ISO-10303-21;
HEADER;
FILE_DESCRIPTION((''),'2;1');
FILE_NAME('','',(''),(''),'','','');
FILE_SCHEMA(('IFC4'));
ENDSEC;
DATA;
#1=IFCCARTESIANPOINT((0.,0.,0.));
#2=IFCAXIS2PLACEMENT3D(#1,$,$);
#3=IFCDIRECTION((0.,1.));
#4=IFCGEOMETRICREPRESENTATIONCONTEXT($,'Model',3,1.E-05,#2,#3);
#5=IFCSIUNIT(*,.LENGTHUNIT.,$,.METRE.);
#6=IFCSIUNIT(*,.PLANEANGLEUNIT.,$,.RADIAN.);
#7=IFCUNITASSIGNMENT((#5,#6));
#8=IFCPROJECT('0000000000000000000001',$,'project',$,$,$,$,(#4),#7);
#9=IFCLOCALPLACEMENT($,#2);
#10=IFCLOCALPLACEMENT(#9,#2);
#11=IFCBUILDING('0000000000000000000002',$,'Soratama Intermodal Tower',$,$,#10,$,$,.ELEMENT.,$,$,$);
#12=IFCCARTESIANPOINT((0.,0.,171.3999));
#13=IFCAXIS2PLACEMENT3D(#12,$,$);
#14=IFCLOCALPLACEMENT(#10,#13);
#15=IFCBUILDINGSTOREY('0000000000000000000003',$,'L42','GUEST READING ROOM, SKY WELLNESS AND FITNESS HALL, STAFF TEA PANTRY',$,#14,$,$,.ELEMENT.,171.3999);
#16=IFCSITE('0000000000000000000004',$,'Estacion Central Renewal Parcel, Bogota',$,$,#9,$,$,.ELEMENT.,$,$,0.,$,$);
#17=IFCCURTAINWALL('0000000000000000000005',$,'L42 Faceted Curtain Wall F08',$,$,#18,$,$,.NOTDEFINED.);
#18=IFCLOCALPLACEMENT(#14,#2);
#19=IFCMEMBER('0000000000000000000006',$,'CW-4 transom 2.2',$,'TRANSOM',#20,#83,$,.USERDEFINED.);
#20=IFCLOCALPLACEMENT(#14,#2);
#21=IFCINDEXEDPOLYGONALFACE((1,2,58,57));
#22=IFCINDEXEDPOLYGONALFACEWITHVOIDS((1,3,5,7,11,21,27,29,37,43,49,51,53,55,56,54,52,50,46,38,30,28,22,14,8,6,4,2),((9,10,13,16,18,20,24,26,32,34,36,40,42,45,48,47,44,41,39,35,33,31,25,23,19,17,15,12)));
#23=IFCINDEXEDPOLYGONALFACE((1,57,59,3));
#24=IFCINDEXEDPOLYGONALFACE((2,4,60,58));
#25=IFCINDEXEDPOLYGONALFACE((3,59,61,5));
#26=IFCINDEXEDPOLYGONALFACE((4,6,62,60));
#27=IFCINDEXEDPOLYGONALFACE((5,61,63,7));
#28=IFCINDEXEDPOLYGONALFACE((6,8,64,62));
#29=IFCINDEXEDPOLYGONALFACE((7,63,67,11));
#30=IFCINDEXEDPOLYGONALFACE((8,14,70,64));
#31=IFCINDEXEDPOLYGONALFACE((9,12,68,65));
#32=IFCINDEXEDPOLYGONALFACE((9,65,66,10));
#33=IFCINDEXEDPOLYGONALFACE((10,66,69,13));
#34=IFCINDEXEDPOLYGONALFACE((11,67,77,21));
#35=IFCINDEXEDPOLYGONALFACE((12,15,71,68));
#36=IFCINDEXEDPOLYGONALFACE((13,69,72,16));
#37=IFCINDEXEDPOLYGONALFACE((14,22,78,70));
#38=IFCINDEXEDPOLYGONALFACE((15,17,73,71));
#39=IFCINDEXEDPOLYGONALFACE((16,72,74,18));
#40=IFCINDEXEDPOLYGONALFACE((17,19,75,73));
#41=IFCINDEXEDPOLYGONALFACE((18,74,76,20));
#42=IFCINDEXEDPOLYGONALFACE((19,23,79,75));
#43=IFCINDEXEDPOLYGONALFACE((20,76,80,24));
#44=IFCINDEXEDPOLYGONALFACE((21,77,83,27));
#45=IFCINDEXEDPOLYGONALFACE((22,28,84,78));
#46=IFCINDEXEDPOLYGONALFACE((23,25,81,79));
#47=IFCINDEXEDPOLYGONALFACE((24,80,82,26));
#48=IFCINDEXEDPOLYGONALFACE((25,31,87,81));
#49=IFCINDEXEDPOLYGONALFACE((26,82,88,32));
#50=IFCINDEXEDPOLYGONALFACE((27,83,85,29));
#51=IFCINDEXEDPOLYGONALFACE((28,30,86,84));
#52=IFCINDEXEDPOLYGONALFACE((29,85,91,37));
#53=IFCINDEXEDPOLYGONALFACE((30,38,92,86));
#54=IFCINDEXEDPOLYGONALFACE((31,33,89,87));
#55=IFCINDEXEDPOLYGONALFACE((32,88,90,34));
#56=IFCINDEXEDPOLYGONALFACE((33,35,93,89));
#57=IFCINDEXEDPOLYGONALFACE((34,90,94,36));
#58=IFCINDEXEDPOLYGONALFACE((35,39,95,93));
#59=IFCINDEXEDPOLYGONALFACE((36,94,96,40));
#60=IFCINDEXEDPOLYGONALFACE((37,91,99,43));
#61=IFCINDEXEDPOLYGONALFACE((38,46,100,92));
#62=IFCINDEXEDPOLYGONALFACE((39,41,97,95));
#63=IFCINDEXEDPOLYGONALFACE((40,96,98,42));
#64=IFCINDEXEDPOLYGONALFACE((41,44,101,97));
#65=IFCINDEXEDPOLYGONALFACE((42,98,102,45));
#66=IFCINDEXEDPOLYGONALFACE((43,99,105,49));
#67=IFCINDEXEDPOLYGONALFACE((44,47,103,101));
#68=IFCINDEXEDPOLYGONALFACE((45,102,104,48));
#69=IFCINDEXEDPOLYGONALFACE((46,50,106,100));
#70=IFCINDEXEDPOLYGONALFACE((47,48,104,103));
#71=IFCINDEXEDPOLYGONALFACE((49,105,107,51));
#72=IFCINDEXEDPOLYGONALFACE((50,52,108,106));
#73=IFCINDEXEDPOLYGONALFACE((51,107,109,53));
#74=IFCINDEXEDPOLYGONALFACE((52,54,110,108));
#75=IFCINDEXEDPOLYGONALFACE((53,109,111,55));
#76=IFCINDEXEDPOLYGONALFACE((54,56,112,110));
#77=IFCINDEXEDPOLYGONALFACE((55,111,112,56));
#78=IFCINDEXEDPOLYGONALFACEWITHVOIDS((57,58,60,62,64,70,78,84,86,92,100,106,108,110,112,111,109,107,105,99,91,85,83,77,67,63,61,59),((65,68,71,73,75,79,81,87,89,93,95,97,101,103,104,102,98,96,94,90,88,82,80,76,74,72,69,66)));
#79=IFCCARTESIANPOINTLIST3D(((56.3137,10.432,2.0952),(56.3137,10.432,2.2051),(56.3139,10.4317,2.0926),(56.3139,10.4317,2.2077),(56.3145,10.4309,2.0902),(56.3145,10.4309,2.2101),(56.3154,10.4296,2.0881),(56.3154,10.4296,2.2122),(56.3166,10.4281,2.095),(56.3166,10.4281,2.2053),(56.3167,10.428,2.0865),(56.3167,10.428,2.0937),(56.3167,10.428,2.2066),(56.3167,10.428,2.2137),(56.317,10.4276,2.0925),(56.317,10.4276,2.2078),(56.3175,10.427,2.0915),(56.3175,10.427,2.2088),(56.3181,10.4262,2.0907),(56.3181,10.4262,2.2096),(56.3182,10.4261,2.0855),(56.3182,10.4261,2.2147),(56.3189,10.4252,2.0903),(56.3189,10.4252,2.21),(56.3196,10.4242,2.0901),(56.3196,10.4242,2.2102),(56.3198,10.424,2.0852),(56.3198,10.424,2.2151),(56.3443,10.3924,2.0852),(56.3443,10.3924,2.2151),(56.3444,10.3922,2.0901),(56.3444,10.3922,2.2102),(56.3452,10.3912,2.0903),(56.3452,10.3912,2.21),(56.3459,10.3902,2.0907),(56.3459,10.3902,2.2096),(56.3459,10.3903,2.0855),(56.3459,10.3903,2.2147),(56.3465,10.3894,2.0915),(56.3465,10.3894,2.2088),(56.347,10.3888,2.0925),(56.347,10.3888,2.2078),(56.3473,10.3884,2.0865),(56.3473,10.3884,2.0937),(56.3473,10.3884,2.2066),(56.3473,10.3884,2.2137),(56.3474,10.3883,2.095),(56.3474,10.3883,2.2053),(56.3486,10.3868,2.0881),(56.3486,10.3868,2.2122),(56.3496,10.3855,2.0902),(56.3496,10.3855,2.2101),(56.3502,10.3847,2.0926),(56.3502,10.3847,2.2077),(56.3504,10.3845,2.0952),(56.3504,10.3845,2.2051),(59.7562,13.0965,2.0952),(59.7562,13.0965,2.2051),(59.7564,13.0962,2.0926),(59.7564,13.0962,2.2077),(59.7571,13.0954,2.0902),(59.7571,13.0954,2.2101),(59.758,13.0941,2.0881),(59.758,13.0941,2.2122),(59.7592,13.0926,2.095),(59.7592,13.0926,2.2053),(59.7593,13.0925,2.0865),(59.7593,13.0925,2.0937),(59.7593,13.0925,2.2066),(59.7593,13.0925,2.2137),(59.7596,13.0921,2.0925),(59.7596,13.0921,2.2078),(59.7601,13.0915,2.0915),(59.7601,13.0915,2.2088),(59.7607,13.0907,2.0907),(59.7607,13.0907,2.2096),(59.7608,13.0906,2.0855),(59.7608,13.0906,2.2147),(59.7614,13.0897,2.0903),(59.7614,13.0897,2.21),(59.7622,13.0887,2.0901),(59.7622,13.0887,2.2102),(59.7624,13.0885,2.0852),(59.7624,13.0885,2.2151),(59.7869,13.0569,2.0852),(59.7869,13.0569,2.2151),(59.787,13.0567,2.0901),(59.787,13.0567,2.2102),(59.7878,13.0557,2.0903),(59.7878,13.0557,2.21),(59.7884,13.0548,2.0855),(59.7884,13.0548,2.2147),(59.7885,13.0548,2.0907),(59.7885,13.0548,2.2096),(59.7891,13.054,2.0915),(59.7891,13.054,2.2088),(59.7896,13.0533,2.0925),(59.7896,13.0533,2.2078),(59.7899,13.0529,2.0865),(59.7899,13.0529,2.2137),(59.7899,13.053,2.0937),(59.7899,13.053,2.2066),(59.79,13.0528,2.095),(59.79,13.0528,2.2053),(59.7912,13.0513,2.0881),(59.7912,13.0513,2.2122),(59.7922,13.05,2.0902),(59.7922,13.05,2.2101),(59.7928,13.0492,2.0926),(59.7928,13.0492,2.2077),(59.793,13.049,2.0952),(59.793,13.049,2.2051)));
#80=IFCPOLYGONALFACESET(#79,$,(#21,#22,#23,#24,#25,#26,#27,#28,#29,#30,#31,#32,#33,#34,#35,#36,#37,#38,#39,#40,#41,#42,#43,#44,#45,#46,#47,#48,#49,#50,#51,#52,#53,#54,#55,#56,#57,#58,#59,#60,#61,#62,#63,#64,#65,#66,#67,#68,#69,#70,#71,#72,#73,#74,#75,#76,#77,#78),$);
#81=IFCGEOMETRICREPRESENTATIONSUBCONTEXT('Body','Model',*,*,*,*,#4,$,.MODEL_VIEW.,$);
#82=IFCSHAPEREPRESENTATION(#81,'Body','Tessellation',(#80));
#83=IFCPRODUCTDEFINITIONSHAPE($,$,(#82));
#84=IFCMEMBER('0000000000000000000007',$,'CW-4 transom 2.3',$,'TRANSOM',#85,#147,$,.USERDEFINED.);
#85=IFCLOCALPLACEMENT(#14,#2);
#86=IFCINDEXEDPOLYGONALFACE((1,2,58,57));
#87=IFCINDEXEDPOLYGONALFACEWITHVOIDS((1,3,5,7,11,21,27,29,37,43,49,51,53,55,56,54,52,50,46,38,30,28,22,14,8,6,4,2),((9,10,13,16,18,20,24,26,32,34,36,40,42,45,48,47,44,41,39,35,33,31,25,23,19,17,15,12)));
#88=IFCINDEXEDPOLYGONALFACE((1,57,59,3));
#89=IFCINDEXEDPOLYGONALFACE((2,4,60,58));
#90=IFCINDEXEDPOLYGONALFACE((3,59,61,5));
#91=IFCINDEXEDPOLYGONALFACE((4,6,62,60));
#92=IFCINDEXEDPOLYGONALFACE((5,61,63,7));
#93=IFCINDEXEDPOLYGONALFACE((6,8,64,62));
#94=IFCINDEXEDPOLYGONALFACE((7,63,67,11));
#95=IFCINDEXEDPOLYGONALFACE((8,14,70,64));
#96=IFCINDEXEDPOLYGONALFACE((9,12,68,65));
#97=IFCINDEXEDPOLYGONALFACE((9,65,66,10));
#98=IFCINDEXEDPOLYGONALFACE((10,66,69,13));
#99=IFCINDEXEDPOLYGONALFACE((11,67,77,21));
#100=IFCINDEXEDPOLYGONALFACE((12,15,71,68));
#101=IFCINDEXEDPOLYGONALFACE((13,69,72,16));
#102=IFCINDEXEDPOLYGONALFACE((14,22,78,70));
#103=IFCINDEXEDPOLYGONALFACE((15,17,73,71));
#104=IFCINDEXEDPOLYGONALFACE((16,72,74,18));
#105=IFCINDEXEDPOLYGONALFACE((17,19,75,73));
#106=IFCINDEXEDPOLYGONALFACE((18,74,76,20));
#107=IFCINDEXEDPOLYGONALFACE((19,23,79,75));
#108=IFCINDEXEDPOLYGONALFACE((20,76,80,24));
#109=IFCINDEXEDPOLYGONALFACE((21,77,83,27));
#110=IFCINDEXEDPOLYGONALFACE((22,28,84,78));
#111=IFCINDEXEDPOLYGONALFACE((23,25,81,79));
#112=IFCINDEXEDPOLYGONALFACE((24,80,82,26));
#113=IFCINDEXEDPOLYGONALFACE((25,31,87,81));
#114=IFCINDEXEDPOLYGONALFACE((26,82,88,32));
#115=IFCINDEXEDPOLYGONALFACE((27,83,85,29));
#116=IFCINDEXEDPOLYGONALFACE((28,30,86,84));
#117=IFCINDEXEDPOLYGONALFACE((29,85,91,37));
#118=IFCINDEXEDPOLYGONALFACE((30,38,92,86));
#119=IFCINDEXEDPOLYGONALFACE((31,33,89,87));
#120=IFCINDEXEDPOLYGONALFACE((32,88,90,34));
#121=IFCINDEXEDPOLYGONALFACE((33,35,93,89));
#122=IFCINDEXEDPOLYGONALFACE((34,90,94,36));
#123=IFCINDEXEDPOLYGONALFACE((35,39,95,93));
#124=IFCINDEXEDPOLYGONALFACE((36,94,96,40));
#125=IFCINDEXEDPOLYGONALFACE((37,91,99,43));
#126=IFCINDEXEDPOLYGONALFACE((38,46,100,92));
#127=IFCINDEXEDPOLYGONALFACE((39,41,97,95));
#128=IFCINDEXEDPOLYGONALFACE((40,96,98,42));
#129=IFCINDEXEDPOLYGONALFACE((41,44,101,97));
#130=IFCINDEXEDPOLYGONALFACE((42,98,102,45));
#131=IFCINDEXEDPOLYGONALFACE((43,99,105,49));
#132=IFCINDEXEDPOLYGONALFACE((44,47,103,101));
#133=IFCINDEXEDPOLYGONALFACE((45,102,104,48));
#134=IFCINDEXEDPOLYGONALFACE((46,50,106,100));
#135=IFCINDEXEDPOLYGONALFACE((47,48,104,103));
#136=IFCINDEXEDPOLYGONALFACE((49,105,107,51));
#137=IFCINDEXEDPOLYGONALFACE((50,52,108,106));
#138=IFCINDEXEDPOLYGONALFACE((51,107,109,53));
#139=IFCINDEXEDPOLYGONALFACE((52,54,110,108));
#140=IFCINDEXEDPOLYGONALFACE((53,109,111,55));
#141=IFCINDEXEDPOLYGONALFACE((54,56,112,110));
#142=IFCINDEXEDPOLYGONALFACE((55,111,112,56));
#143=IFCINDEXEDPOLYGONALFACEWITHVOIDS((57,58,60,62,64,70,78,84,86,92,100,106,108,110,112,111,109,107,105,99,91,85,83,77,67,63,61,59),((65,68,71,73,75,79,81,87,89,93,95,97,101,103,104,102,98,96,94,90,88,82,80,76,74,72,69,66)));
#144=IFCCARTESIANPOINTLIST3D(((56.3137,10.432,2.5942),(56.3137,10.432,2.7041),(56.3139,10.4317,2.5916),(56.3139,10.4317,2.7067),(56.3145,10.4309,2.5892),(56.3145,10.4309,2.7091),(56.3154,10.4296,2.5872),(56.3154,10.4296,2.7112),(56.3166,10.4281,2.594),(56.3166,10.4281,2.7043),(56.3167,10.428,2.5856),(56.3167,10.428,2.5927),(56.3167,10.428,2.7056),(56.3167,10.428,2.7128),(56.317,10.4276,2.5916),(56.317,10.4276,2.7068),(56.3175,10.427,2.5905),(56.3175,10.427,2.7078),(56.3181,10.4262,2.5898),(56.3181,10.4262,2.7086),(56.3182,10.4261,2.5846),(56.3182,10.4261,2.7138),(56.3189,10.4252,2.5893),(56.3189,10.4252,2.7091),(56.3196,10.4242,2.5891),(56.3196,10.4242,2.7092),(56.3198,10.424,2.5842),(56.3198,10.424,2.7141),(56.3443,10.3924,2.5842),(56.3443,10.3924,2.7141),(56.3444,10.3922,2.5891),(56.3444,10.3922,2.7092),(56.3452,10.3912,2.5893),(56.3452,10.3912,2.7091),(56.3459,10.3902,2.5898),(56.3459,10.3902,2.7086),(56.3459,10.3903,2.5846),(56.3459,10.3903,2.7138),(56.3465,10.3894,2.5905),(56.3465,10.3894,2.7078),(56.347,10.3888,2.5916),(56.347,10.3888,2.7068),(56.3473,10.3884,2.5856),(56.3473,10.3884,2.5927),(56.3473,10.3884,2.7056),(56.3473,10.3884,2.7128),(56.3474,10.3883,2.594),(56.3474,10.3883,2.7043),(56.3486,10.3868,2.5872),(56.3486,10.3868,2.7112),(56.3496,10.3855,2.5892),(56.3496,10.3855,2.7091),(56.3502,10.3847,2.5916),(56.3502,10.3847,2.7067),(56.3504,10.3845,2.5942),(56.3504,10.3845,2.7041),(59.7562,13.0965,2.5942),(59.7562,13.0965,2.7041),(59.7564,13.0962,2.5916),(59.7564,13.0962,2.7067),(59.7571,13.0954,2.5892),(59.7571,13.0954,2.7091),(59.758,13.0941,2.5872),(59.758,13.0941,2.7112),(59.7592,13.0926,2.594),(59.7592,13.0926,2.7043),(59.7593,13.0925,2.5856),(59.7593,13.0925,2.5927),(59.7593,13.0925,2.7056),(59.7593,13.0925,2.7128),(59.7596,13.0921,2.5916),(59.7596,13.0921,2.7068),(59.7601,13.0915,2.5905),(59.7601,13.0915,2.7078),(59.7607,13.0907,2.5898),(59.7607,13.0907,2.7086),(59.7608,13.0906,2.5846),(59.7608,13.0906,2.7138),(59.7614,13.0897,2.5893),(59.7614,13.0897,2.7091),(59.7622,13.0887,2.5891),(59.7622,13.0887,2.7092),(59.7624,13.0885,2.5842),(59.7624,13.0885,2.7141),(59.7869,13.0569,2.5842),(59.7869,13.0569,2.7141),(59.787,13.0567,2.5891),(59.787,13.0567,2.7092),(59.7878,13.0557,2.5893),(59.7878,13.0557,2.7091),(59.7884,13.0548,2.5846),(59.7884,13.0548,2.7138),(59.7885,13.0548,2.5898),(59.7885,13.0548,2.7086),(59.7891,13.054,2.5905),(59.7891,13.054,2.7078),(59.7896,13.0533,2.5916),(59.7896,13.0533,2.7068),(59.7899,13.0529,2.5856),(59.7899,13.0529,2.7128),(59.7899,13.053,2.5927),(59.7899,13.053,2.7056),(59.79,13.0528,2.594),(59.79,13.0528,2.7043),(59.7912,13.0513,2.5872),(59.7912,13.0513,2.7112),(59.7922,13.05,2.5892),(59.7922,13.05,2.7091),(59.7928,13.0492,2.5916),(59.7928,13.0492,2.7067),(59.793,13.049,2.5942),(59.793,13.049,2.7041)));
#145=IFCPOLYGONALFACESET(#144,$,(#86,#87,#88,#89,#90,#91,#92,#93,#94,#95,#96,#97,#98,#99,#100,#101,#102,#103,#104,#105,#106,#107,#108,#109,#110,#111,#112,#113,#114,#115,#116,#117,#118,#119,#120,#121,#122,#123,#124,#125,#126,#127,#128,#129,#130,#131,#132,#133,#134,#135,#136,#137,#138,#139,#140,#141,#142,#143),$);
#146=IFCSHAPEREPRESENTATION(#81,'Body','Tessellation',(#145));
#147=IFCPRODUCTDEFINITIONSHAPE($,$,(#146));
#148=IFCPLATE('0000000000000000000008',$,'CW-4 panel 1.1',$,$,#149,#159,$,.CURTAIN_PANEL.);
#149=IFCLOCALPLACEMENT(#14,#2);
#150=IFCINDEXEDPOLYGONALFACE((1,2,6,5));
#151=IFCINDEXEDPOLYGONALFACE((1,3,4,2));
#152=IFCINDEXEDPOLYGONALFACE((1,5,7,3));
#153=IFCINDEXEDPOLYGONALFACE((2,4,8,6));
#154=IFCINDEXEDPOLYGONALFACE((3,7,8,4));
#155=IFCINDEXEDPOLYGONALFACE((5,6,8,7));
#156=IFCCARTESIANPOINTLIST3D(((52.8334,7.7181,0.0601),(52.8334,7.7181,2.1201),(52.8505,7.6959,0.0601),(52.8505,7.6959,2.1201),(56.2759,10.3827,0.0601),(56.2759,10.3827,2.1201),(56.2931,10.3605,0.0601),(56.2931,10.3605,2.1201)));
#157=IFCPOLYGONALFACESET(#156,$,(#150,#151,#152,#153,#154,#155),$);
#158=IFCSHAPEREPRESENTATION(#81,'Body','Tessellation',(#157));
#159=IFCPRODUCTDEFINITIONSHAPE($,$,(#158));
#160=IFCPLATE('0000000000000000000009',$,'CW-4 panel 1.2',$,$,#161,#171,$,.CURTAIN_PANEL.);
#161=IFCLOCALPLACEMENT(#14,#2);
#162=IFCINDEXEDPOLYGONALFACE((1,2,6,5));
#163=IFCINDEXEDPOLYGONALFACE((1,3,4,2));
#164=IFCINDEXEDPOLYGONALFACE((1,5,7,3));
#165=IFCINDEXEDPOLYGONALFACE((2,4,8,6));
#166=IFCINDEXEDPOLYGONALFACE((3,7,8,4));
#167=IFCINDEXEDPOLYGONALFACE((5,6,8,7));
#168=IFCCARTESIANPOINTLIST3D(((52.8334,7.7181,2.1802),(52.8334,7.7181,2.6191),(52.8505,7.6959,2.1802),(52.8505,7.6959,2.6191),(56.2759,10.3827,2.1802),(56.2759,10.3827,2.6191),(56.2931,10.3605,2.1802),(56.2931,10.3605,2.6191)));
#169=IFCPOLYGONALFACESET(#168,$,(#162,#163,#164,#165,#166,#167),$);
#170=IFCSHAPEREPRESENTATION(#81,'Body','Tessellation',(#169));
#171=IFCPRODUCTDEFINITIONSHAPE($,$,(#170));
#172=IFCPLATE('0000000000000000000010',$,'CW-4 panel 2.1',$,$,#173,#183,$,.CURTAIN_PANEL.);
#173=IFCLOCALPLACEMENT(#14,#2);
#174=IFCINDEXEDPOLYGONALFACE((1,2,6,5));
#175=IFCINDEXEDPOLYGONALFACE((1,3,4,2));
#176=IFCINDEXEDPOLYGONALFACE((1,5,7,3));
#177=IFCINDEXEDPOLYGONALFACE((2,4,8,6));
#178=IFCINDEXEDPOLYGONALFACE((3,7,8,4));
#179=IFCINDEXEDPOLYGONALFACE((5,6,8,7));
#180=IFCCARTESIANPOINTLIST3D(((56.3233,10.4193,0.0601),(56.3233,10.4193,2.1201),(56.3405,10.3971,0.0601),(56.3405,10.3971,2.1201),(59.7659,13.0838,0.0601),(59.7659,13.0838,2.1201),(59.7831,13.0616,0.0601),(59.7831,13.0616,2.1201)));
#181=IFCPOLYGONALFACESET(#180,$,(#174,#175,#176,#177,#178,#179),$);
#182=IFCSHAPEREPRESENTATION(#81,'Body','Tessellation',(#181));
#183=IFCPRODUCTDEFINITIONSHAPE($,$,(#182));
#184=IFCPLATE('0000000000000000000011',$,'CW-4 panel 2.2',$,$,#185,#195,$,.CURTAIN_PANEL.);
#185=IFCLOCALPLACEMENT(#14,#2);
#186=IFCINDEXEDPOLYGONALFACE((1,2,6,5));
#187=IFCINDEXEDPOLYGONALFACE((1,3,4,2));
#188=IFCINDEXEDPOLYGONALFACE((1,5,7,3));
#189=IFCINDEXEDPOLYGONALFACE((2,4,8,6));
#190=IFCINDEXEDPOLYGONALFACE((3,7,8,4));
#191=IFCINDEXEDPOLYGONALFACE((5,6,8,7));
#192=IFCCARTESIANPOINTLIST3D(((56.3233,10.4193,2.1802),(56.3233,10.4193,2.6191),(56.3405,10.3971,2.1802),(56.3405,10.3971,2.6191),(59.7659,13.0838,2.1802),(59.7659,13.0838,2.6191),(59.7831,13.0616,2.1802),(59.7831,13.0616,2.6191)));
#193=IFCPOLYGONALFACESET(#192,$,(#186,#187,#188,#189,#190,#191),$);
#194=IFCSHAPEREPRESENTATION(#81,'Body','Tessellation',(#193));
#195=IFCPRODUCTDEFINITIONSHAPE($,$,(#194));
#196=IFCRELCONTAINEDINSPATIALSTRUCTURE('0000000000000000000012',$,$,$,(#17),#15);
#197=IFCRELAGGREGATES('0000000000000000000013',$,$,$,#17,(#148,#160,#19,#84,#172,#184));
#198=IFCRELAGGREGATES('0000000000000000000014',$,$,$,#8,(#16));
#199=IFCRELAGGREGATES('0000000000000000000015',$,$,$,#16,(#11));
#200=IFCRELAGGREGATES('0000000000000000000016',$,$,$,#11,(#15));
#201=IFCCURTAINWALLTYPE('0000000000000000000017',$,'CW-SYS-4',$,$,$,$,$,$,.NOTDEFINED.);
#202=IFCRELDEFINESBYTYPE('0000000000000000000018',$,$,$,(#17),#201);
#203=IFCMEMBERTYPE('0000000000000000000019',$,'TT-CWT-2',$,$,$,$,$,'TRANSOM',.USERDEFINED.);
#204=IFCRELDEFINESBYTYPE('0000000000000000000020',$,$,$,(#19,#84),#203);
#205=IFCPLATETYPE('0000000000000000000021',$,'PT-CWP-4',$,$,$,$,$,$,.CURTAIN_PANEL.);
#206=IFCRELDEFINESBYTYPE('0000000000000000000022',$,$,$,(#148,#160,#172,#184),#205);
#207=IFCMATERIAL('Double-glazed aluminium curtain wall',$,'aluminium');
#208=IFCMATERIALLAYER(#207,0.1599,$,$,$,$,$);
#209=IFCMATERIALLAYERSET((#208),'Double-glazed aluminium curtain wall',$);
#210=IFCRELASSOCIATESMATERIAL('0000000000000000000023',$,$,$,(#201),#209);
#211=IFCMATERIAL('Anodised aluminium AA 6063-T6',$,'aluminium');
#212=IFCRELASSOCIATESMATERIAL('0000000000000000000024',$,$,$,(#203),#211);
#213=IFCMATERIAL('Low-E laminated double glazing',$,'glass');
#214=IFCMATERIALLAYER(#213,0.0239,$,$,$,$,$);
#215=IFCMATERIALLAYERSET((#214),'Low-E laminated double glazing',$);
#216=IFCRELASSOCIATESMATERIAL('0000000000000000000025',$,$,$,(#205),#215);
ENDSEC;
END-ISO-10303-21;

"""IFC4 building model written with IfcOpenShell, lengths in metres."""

from ifc_helpers import new_model, si_unit, direction, frame, origin, origin_2d, place, context, subcontext, project, spatial, rectangle, hollow_rectangle, extrude, material, layer, layer_set, material_profile, profile_set, type_object, element, aggregate, save


model = new_model("IFC4")

# Units and contexts
model_context = context("Model", 3, precision=1e-05, world=origin(), true_north=direction((0.0, 1.0)))
body_context = subcontext(model_context, "Body", "Model", "MODEL_VIEW")
ifc_project = project(units=[si_unit("LENGTHUNIT", "METRE"), si_unit("PLANEANGLEUNIT", "RADIAN")], contexts=[model_context])

# Site, building, storey
site_placement = place(None, origin())
site = spatial("IfcSite", under=ifc_project, at=site_placement, Name="Estacion Central Renewal Parcel, Bogota", CompositionType="ELEMENT", RefElevation=0.0)
building_placement = place(site_placement, origin())
building = spatial("IfcBuilding", under=site, at=building_placement, Name="Soratama Intermodal Tower", CompositionType="ELEMENT")
storey_placement = place(building_placement, frame((0.0, 0.0, 171.3999)))
storey = spatial("IfcBuildingStorey", under=building, at=storey_placement, Name="L42", Description="GUEST READING ROOM, SKY WELLNESS AND FITNESS HALL, STAFF TEA PANTRY", CompositionType="ELEMENT", Elevation=171.3999)

# Curtain wall, members, plates
ifc_material_1 = material(Name="Double-glazed aluminium curtain wall", Category="aluminium")
ifc_layer_1 = layer(ifc_material_1, 0.1599)
ifc_layer_set_1 = layer_set([ifc_layer_1], Name="Double-glazed aluminium curtain wall")
curtain_wall_type = type_object("IfcCurtainWallType", Name="CW-SYS-4", PredefinedType="NOTDEFINED", material=ifc_layer_set_1)
curtain_wall_placement = place(storey_placement, origin())
curtain_wall = element("IfcCurtainWall", 1, at=curtain_wall_placement, inside=storey, type_object=curtain_wall_type, Name="L42 Faceted Curtain Wall F08", PredefinedType="NOTDEFINED")
ifc_material_2 = material(Name="Anodised aluminium AA 6063-T6", Category="aluminium")
ifc_material_profile_1 = material_profile(ifc_material_2, hollow_rectangle(XDim=0.0601, YDim=0.1299, WallThickness=0.0049, InnerFilletRadius=0.0049, OuterFilletRadius=0.01, at=origin_2d()), Name="CWT130X60X5")
ifc_profile_set_1 = profile_set([ifc_material_profile_1], Name="Anodised aluminium AA 6063-T6")
member_type_1 = type_object("IfcMemberType", Name="TT-CWT-2", ElementType="TRANSOM", PredefinedType="USERDEFINED", material=ifc_profile_set_1)
member_1_placement = place(storey_placement, frame((56.332, 10.4082, 2.1501), z_axis=(0.790803, 0.612071, 0.0), x_axis=(-0.612071, 0.790803, 0.0)))
member_1 = element("IfcMember", 2, at=member_1_placement, type_object=member_type_1, Name="CW-4 transom 2.2", ObjectType="TRANSOM", PredefinedType="USERDEFINED", context=body_context, shape_type="SweptSolid", body=[
    extrude(hollow_rectangle(XDim=0.0601, YDim=0.1299, WallThickness=0.0049, InnerFilletRadius=0.0049, OuterFilletRadius=0.01, at=origin_2d()), origin(), (0.0, 0.0, 1.0), 4.3533),
])
member_2_placement = place(storey_placement, frame((56.332, 10.4082, 2.6492), z_axis=(0.790803, 0.612071, 0.0), x_axis=(-0.612071, 0.790803, 0.0)))
member_2 = element("IfcMember", 3, at=member_2_placement, type_object=member_type_1, Name="CW-4 transom 2.3", ObjectType="TRANSOM", PredefinedType="USERDEFINED", context=body_context, shape_type="SweptSolid", body=[
    extrude(hollow_rectangle(XDim=0.0601, YDim=0.1299, WallThickness=0.0049, InnerFilletRadius=0.0049, OuterFilletRadius=0.01, at=origin_2d()), origin(), (0.0, 0.0, 1.0), 4.3533),
])
ifc_material_3 = material(Name="Low-E laminated double glazing", Category="glass")
ifc_layer_2 = layer(ifc_material_3, 0.0239)
ifc_layer_set_2 = layer_set([ifc_layer_2], Name="Low-E laminated double glazing")
plate_type = type_object("IfcPlateType", Name="PT-CWP-4", PredefinedType="CURTAIN_PANEL", material=ifc_layer_set_2)
plate_1_placement = place(storey_placement, frame((54.5632, 9.0393, 0.0601), z_axis=(0.0, 0.0, 1.0), x_axis=(0.790801, 0.612073, 0.0)))
plate_1 = element("IfcPlate", 4, at=plate_1_placement, type_object=plate_type, Name="CW-4 panel 1.1", PredefinedType="CURTAIN_PANEL", context=body_context, shape_type="SweptSolid", body=[
    extrude(rectangle(XDim=4.3533, YDim=0.0281, at=origin_2d()), origin(), (0.0, 0.0, 1.0), 2.0601),
])
plate_2_placement = place(storey_placement, frame((54.5632, 9.0393, 2.1802), z_axis=(0.0, 0.0, 1.0), x_axis=(0.790801, 0.612073, 0.0)))
plate_2 = element("IfcPlate", 5, at=plate_2_placement, type_object=plate_type, Name="CW-4 panel 1.2", PredefinedType="CURTAIN_PANEL", context=body_context, shape_type="SweptSolid", body=[
    extrude(rectangle(XDim=4.3533, YDim=0.0281, at=origin_2d()), origin(), (0.0, 0.0, 1.0), 0.439),
])
plate_3_placement = place(storey_placement, frame((58.0532, 11.7405, 0.0601), z_axis=(0.0, 0.0, 1.0), x_axis=(0.790801, 0.612073, 0.0)))
plate_3 = element("IfcPlate", 6, at=plate_3_placement, type_object=plate_type, Name="CW-4 panel 2.1", PredefinedType="CURTAIN_PANEL", context=body_context, shape_type="SweptSolid", body=[
    extrude(rectangle(XDim=4.3533, YDim=0.0281, at=origin_2d()), origin(), (0.0, 0.0, 1.0), 2.0601),
])
plate_4_placement = place(storey_placement, frame((58.0532, 11.7405, 2.1802), z_axis=(0.0, 0.0, 1.0), x_axis=(0.790801, 0.612073, 0.0)))
plate_4 = element("IfcPlate", 7, at=plate_4_placement, type_object=plate_type, Name="CW-4 panel 2.2", PredefinedType="CURTAIN_PANEL", context=body_context, shape_type="SweptSolid", body=[
    extrude(rectangle(XDim=4.3533, YDim=0.0281, at=origin_2d()), origin(), (0.0, 0.0, 1.0), 0.439),
])
aggregate(curtain_wall, [plate_1, plate_2, member_1, member_2, plate_3, plate_4])

save(model, "model.ifc")
